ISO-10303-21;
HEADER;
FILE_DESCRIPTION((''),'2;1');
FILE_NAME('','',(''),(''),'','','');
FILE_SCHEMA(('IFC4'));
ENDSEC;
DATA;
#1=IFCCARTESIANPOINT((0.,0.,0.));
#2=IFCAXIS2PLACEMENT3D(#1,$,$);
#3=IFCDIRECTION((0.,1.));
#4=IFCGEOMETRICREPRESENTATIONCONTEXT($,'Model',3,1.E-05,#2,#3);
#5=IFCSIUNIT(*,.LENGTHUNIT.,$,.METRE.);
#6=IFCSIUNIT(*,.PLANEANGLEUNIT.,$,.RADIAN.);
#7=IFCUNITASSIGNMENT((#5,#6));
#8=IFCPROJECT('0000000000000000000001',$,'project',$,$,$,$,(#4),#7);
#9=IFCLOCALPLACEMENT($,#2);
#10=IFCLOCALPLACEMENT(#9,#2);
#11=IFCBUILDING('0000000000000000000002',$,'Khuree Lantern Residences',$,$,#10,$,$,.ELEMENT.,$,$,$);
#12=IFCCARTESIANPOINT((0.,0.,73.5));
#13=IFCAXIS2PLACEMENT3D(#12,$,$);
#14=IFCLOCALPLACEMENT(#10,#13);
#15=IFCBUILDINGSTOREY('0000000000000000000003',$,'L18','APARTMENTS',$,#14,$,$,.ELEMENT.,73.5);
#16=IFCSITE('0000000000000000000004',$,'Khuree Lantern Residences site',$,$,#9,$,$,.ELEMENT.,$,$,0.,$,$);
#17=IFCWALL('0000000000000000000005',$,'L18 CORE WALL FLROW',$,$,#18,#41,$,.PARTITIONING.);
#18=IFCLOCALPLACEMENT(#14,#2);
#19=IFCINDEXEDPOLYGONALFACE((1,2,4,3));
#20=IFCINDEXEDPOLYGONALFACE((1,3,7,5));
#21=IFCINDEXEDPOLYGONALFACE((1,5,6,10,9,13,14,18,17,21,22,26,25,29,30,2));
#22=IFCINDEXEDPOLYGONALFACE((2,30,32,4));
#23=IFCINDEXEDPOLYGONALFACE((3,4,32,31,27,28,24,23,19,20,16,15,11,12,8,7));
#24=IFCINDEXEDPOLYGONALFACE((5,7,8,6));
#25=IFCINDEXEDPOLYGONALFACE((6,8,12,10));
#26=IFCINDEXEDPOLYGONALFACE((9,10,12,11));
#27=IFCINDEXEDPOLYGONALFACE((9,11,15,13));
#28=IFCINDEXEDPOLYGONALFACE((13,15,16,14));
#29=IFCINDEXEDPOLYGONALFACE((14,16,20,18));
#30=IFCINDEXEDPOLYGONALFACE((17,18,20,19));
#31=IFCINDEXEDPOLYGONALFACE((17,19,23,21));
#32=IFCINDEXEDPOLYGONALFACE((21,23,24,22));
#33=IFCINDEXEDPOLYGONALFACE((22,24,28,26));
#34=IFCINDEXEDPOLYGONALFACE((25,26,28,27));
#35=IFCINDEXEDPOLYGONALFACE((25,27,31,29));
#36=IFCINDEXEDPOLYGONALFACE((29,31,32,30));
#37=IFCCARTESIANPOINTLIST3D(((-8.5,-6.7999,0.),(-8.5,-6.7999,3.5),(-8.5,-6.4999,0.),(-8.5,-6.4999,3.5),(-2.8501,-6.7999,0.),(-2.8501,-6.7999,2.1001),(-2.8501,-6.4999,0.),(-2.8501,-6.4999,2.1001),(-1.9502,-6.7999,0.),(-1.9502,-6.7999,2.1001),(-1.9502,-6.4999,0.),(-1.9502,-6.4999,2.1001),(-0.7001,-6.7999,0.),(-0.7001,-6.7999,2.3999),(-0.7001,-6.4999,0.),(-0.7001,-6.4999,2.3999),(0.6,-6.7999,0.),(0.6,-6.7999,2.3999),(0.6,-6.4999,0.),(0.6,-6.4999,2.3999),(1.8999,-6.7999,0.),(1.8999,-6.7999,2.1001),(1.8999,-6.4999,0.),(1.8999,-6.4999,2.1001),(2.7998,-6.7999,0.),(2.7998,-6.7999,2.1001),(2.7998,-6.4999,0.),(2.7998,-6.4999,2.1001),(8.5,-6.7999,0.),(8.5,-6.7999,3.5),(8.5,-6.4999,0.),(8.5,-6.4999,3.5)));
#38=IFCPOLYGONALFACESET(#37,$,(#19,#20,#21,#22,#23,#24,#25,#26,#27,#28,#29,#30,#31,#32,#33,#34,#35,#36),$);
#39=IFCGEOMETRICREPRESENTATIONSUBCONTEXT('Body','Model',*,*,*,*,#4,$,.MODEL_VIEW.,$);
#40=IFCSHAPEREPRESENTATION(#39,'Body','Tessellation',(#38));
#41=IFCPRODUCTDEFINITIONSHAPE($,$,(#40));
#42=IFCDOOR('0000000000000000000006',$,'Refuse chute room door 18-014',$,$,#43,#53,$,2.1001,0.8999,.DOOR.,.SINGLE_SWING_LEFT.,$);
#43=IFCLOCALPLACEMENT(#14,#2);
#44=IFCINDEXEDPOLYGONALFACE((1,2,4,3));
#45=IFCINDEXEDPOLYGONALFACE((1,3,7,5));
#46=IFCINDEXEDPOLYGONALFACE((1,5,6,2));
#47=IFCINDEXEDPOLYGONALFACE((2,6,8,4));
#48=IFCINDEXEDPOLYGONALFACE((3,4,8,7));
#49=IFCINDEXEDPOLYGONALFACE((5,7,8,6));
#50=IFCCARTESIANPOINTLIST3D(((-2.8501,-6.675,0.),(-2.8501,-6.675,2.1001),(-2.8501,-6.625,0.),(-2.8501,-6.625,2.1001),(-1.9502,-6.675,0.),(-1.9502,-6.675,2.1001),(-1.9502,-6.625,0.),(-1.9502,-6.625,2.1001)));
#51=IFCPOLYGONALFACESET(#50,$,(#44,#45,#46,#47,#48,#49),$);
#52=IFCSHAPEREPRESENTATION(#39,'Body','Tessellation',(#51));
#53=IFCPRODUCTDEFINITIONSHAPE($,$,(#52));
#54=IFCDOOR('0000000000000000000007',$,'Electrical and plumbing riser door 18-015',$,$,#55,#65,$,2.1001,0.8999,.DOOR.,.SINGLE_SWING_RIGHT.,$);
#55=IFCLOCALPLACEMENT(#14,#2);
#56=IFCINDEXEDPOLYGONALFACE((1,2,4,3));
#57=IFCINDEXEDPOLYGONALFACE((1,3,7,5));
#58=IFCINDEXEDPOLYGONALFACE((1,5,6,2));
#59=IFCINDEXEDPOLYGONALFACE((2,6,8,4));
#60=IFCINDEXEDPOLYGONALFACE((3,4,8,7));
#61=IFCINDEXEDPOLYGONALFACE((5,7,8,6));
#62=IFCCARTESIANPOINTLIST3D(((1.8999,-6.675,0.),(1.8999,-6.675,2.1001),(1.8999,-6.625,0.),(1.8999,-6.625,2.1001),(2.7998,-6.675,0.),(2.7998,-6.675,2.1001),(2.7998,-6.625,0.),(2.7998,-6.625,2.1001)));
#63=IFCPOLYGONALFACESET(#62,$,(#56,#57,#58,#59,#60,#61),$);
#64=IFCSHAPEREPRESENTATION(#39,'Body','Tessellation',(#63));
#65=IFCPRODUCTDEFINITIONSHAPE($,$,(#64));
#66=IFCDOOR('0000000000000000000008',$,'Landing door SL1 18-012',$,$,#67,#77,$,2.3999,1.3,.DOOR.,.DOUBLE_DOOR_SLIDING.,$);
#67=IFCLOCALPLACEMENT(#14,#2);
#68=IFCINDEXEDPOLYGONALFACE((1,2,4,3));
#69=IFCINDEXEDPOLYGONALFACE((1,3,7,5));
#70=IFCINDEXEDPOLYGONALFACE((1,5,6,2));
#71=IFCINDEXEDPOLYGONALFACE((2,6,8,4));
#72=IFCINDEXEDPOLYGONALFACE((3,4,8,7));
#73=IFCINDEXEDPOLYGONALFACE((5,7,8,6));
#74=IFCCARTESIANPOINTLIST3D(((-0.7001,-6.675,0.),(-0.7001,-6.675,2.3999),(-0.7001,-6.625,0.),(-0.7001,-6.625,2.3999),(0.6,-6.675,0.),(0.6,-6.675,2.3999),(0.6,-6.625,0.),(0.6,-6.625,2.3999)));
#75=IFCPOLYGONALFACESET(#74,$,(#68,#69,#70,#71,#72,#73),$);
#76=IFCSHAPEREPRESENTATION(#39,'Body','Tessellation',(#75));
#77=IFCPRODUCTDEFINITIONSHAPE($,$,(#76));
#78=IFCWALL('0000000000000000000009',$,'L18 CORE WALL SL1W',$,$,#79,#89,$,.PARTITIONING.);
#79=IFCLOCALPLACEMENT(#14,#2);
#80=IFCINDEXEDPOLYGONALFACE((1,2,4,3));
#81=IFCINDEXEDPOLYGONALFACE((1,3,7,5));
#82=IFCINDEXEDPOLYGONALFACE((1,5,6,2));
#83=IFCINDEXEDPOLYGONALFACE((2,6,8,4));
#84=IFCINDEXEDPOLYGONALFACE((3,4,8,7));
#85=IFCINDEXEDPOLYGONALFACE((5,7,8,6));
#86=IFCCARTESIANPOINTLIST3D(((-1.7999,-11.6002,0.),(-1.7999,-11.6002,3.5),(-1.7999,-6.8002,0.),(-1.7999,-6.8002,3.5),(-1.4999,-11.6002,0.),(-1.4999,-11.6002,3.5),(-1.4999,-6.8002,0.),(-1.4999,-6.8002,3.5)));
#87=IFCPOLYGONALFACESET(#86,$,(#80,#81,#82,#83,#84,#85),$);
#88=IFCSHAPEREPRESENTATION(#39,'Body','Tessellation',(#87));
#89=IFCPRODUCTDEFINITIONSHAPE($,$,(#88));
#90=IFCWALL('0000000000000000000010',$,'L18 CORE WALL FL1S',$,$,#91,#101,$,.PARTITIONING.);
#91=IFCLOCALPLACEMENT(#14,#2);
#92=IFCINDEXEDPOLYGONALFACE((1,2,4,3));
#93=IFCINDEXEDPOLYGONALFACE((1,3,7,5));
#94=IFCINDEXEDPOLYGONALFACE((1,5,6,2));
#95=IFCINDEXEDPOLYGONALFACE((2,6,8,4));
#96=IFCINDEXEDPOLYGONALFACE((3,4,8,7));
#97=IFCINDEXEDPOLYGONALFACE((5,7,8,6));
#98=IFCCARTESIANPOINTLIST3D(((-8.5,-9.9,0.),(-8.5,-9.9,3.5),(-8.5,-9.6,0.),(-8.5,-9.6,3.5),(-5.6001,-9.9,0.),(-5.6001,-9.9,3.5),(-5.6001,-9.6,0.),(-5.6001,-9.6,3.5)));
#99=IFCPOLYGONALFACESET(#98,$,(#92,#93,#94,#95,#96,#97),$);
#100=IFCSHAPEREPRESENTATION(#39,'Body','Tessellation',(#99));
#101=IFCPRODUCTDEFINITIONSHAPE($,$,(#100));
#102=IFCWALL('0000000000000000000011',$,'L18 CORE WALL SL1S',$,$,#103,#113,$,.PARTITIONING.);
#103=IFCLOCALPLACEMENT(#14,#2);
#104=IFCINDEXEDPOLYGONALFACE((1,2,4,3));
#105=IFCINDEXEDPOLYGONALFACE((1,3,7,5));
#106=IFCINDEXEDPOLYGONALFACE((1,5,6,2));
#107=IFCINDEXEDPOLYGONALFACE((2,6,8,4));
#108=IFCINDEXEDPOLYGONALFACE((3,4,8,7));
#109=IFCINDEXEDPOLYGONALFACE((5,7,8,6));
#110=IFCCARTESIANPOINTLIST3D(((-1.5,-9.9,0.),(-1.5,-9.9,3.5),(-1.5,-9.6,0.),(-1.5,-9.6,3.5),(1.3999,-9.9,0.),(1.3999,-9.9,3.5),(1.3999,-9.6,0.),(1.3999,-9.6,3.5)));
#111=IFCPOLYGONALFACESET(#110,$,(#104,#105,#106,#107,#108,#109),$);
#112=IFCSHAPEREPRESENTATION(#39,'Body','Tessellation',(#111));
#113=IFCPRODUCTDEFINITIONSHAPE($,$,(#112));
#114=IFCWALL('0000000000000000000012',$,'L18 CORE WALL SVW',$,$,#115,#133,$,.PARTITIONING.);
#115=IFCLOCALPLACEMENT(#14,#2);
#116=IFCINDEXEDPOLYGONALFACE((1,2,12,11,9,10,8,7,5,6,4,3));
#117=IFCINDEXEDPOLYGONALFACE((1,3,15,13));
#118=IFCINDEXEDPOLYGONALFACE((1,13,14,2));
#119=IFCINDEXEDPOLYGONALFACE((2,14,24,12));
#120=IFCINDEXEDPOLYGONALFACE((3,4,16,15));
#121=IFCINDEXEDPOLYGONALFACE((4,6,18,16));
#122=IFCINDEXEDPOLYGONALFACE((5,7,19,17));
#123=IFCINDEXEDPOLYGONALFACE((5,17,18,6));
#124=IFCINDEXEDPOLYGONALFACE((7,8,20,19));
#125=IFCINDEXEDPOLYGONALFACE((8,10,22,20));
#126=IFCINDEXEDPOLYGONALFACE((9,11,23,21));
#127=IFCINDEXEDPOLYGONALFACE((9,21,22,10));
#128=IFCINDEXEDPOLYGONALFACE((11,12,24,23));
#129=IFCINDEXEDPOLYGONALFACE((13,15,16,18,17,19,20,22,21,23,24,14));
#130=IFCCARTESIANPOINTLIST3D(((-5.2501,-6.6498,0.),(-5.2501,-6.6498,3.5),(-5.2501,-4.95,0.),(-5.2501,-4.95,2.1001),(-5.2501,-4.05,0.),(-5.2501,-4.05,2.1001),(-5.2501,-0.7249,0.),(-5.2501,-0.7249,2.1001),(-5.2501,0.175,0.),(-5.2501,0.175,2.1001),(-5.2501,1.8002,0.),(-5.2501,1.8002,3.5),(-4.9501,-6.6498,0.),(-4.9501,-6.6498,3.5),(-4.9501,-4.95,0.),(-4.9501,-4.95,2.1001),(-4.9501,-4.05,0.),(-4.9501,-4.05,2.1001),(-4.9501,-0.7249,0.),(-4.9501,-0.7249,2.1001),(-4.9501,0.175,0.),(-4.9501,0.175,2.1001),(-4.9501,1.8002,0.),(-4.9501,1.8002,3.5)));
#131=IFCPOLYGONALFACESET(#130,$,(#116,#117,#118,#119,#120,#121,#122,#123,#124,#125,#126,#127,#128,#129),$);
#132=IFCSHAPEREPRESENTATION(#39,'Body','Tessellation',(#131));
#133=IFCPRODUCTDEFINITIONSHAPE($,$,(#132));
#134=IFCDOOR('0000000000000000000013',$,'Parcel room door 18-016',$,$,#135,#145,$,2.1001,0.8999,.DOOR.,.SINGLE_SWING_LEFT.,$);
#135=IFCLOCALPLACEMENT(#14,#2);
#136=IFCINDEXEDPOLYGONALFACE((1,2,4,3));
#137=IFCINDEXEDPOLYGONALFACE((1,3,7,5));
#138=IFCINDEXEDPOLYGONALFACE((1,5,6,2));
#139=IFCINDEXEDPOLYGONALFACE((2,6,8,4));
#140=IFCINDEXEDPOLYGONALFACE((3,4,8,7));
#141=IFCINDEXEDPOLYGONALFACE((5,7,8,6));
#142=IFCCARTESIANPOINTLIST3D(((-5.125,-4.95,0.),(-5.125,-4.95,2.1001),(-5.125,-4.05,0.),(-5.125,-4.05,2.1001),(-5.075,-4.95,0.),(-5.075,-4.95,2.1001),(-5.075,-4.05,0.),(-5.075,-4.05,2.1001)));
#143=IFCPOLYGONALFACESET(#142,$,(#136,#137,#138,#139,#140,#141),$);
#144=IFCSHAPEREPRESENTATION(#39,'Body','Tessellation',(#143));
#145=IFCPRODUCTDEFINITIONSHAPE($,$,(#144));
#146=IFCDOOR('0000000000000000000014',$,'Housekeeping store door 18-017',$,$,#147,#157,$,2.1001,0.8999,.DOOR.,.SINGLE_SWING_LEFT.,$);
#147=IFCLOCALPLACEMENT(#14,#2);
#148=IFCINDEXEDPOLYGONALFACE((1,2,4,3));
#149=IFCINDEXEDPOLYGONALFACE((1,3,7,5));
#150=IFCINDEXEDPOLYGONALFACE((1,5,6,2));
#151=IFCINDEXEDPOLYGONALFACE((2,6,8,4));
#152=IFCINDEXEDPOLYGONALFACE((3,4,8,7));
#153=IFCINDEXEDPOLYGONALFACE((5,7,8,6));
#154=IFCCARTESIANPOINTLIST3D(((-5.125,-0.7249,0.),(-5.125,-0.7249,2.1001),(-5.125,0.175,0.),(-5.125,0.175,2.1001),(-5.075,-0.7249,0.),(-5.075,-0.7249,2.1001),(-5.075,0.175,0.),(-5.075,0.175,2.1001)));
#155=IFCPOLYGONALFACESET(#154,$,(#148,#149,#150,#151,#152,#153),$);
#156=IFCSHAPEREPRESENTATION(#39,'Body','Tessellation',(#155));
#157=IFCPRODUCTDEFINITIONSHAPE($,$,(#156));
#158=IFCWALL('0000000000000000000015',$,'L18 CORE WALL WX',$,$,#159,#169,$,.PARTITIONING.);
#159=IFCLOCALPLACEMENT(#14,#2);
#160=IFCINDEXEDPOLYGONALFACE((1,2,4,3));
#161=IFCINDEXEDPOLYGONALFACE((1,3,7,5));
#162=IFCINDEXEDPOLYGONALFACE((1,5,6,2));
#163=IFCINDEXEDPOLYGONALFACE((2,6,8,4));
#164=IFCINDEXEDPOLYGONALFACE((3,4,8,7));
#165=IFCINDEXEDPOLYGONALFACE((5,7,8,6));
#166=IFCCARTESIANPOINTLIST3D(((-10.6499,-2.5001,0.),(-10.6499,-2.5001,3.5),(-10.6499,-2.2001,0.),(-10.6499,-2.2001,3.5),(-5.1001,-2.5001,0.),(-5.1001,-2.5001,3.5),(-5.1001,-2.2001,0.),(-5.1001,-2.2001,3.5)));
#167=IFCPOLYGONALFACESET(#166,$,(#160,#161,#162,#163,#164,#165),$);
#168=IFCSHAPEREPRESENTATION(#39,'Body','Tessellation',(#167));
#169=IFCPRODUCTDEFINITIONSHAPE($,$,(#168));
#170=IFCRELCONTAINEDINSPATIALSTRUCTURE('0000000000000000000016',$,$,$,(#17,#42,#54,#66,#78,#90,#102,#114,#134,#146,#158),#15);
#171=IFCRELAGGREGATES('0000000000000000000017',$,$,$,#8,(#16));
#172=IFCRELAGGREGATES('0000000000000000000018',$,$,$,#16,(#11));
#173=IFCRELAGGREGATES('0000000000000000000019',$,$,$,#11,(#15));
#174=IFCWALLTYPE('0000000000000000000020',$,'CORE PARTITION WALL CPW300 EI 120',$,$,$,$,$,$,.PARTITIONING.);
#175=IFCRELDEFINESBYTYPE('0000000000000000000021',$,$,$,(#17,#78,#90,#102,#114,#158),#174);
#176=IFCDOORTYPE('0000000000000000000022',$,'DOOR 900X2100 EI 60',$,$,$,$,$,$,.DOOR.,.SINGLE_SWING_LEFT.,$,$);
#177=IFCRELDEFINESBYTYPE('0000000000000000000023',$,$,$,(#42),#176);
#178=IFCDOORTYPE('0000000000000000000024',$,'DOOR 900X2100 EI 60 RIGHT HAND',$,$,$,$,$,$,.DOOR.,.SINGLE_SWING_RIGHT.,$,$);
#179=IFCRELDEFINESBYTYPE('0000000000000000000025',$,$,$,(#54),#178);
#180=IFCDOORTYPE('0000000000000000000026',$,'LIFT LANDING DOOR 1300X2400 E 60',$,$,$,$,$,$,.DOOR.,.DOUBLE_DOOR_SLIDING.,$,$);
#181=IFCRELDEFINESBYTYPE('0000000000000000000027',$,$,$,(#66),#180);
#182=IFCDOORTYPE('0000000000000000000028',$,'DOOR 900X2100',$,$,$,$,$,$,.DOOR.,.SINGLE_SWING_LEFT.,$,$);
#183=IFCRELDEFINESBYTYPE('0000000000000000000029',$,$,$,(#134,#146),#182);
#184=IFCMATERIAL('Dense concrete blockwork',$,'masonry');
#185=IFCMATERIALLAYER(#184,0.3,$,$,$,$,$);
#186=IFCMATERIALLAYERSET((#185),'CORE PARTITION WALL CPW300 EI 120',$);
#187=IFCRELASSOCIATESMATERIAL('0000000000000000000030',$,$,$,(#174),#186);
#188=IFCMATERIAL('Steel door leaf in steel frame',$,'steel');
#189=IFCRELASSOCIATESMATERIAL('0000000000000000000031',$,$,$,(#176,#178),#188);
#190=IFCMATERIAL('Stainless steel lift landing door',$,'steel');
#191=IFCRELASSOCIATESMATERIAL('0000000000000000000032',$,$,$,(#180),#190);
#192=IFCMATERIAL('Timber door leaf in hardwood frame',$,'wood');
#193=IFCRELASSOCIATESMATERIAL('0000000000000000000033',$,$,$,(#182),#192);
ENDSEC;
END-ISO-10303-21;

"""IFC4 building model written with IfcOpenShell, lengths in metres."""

from ifc_helpers import new_model, si_unit, direction, frame, frame_2d, origin, place, context, subcontext, project, spatial, rectangle, extrude, material, layer, layer_set, type_object, element, fill, save


model = new_model("IFC4")

# Units and contexts
model_context = context("Model", 3, precision=1e-05, world=origin(), true_north=direction((0.0, 1.0)))
body_context = subcontext(model_context, "Body", "Model", "MODEL_VIEW")
ifc_project = project(units=[si_unit("LENGTHUNIT", "METRE"), si_unit("PLANEANGLEUNIT", "RADIAN")], contexts=[model_context])

# Site, building, storey
site_placement = place(None, origin())
site = spatial("IfcSite", under=ifc_project, at=site_placement, Name="Khuree Lantern Residences site", CompositionType="ELEMENT", RefElevation=0.0)
building_placement = place(site_placement, origin())
building = spatial("IfcBuilding", under=site, at=building_placement, Name="Khuree Lantern Residences", CompositionType="ELEMENT")
storey_placement = place(building_placement, frame((0.0, 0.0, 73.5)))
storey = spatial("IfcBuildingStorey", under=building, at=storey_placement, Name="L18", Description="APARTMENTS", CompositionType="ELEMENT", Elevation=73.5)

# Wall, openings, doors
ifc_material_1 = material(Name="Dense concrete blockwork", Category="masonry")
ifc_layer_1 = layer(ifc_material_1, 0.3)
ifc_layer_set_1 = layer_set([ifc_layer_1], Name="CORE PARTITION WALL CPW300 EI 120")
wall_type_1 = type_object("IfcWallType", Name="CORE PARTITION WALL CPW300 EI 120", PredefinedType="PARTITIONING", material=ifc_layer_set_1)
wall_1_placement = place(storey_placement, frame((-8.5, -6.6499, 0.0), z_axis=(0.0, 0.0, 1.0), x_axis=(1.0, 0.0, 0.0)))
wall_1 = element("IfcWall", 1, at=wall_1_placement, inside=storey, type_object=wall_type_1, Name="L18 CORE WALL FLROW", PredefinedType="PARTITIONING", context=body_context, shape_type="SweptSolid", body=[
    extrude(rectangle(XDim=17.0, YDim=0.3, at=frame_2d((8.5, 0.0))), origin(), (0.0, 0.0, 1.0), 3.5),
])
opening_1_placement = place(wall_1_placement, frame((7.8, 0.0, 0.0)))
opening_1 = element("IfcOpeningElement", 2, at=opening_1_placement, cuts=wall_1, PredefinedType="OPENING", context=body_context, shape_type="SweptSolid", body=[
    extrude(rectangle(XDim=1.3, YDim=2.3999, at=frame_2d((0.6499, 1.2))), frame((0.0, 0.1602, 0.0), z_axis=(0.0, -1.0, 0.0), x_axis=(1.0, 0.0, 0.0)), (0.0, 0.0, 1.0), 0.3201),
])
opening_2_placement = place(wall_1_placement, frame((5.6499, 0.0, 0.0)))
opening_2 = element("IfcOpeningElement", 3, at=opening_2_placement, cuts=wall_1, PredefinedType="OPENING", context=body_context, shape_type="SweptSolid", body=[
    extrude(rectangle(XDim=0.8999, YDim=2.1001, at=frame_2d((0.45, 1.05))), frame((0.0, 0.1602, 0.0), z_axis=(0.0, -1.0, 0.0), x_axis=(1.0, 0.0, 0.0)), (0.0, 0.0, 1.0), 0.3201),
])
opening_3_placement = place(wall_1_placement, frame((10.3999, 0.0, 0.0)))
opening_3 = element("IfcOpeningElement", 4, at=opening_3_placement, cuts=wall_1, PredefinedType="OPENING", context=body_context, shape_type="SweptSolid", body=[
    extrude(rectangle(XDim=0.8999, YDim=2.1001, at=frame_2d((0.45, 1.05))), frame((0.0, 0.1602, 0.0), z_axis=(0.0, -1.0, 0.0), x_axis=(1.0, 0.0, 0.0)), (0.0, 0.0, 1.0), 0.3201),
])
ifc_material_2 = material(Name="Steel door leaf in steel frame", Category="steel")
door_type_1 = type_object("IfcDoorType", Name="DOOR 900X2100 EI 60", OperationType="SINGLE_SWING_LEFT", PredefinedType="DOOR", material=ifc_material_2)
door_1_placement = place(opening_2_placement, origin())
door_1 = element("IfcDoor", 5, at=door_1_placement, inside=storey, type_object=door_type_1, Name="Refuse chute room door 18-014", OperationType="SINGLE_SWING_LEFT", OverallHeight=2.1001, OverallWidth=0.8999, PredefinedType="DOOR", context=body_context, shape_type="SweptSolid", body=[
    extrude(rectangle(XDim=0.8999, YDim=2.1001, at=frame_2d((0.45, 1.05))), frame((0.0, 0.0249, 0.0), z_axis=(0.0, -1.0, 0.0), x_axis=(1.0, 0.0, 0.0)), (0.0, 0.0, 1.0), 0.05),
])
fill(opening_2, door_1)
door_type_2 = type_object("IfcDoorType", Name="DOOR 900X2100 EI 60 RIGHT HAND", OperationType="SINGLE_SWING_RIGHT", PredefinedType="DOOR", material=ifc_material_2)
door_2_placement = place(opening_3_placement, origin())
door_2 = element("IfcDoor", 6, at=door_2_placement, inside=storey, type_object=door_type_2, Name="Electrical and plumbing riser door 18-015", OperationType="SINGLE_SWING_RIGHT", OverallHeight=2.1001, OverallWidth=0.8999, PredefinedType="DOOR", context=body_context, shape_type="SweptSolid", body=[
    extrude(rectangle(XDim=0.8999, YDim=2.1001, at=frame_2d((0.45, 1.05))), frame((0.0, 0.0249, 0.0), z_axis=(0.0, -1.0, 0.0), x_axis=(1.0, 0.0, 0.0)), (0.0, 0.0, 1.0), 0.05),
])
fill(opening_3, door_2)
ifc_material_3 = material(Name="Stainless steel lift landing door", Category="steel")
door_type_3 = type_object("IfcDoorType", Name="LIFT LANDING DOOR 1300X2400 E 60", OperationType="DOUBLE_DOOR_SLIDING", PredefinedType="DOOR", material=ifc_material_3)
door_3_placement = place(opening_1_placement, origin())
door_3 = element("IfcDoor", 7, at=door_3_placement, inside=storey, type_object=door_type_3, Name="Landing door SL1 18-012", OperationType="DOUBLE_DOOR_SLIDING", OverallHeight=2.3999, OverallWidth=1.3, PredefinedType="DOOR", context=body_context, shape_type="SweptSolid", body=[
    extrude(rectangle(XDim=1.3, YDim=2.3999, at=frame_2d((0.6499, 1.2))), frame((0.0, 0.0249, 0.0), z_axis=(0.0, -1.0, 0.0), x_axis=(1.0, 0.0, 0.0)), (0.0, 0.0, 1.0), 0.05),
])
fill(opening_1, door_3)

# Walls
wall_2_placement = place(storey_placement, frame((-1.6499, -11.6001, 0.0), z_axis=(0.0, 0.0, 1.0), x_axis=(0.0, 1.0, 0.0)))
element("IfcWall", 8, at=wall_2_placement, inside=storey, type_object=wall_type_1, Name="L18 CORE WALL SL1W", PredefinedType="PARTITIONING", context=body_context, shape_type="SweptSolid", body=[
    extrude(rectangle(XDim=4.8, YDim=0.3, at=frame_2d((2.3999, 0.0))), origin(), (0.0, 0.0, 1.0), 3.5),
])
for number, where, z_axis, x_axis, name in (
    (9, (-8.5, -9.75, 0.0), (0.0, 0.0, 1.0), (1.0, 0.0, 0.0), "L18 CORE WALL FL1S"),
    (10, (-1.5, -9.75, 0.0), (0.0, 0.0, 1.0), (1.0, 0.0, 0.0), "L18 CORE WALL SL1S"),
):
    element("IfcWall", number, at=place(storey_placement, frame(where, z_axis=z_axis, x_axis=x_axis)), inside=storey, type_object=wall_type_1, Name=name, PredefinedType="PARTITIONING", context=body_context, shape_type="SweptSolid", body=[
        extrude(rectangle(XDim=2.8999, YDim=0.3, at=frame_2d((1.45, 0.0))), origin(), (0.0, 0.0, 1.0), 3.5),
    ])

# Wall, openings, doors
wall_3_placement = place(storey_placement, frame((-5.1001, -6.6499, 0.0), z_axis=(0.0, 0.0, 1.0), x_axis=(0.0, 1.0, 0.0)))
wall_3 = element("IfcWall", 11, at=wall_3_placement, inside=storey, type_object=wall_type_1, Name="L18 CORE WALL SVW", PredefinedType="PARTITIONING", context=body_context, shape_type="SweptSolid", body=[
    extrude(rectangle(XDim=8.45, YDim=0.3, at=frame_2d((4.2251, 0.0))), origin(), (0.0, 0.0, 1.0), 3.5),
])
opening_4_placement = place(wall_3_placement, frame((1.7, 0.0, 0.0)))
opening_4 = element("IfcOpeningElement", 12, at=opening_4_placement, cuts=wall_3, PredefinedType="OPENING", context=body_context, shape_type="SweptSolid", body=[
    extrude(rectangle(XDim=0.8999, YDim=2.1001, at=frame_2d((0.45, 1.05))), frame((0.0, 0.1602, 0.0), z_axis=(0.0, -1.0, 0.0), x_axis=(1.0, 0.0, 0.0)), (0.0, 0.0, 1.0), 0.3201),
])
opening_5_placement = place(wall_3_placement, frame((5.925, 0.0, 0.0)))
opening_5 = element("IfcOpeningElement", 13, at=opening_5_placement, cuts=wall_3, PredefinedType="OPENING", context=body_context, shape_type="SweptSolid", body=[
    extrude(rectangle(XDim=0.8999, YDim=2.1001, at=frame_2d((0.45, 1.05))), frame((0.0, 0.1602, 0.0), z_axis=(0.0, -1.0, 0.0), x_axis=(1.0, 0.0, 0.0)), (0.0, 0.0, 1.0), 0.3201),
])
ifc_material_4 = material(Name="Timber door leaf in hardwood frame", Category="wood")
door_type_4 = type_object("IfcDoorType", Name="DOOR 900X2100", OperationType="SINGLE_SWING_LEFT", PredefinedType="DOOR", material=ifc_material_4)
door_4_placement = place(opening_4_placement, origin())
door_4 = element("IfcDoor", 14, at=door_4_placement, inside=storey, type_object=door_type_4, Name="Parcel room door 18-016", OperationType="SINGLE_SWING_LEFT", OverallHeight=2.1001, OverallWidth=0.8999, PredefinedType="DOOR", context=body_context, shape_type="SweptSolid", body=[
    extrude(rectangle(XDim=0.8999, YDim=2.1001, at=frame_2d((0.45, 1.05))), frame((0.0, 0.0249, 0.0), z_axis=(0.0, -1.0, 0.0), x_axis=(1.0, 0.0, 0.0)), (0.0, 0.0, 1.0), 0.05),
])
fill(opening_4, door_4)
door_5_placement = place(opening_5_placement, origin())
door_5 = element("IfcDoor", 15, at=door_5_placement, inside=storey, type_object=door_type_4, Name="Housekeeping store door 18-017", OperationType="SINGLE_SWING_LEFT", OverallHeight=2.1001, OverallWidth=0.8999, PredefinedType="DOOR", context=body_context, shape_type="SweptSolid", body=[
    extrude(rectangle(XDim=0.8999, YDim=2.1001, at=frame_2d((0.45, 1.05))), frame((0.0, 0.0249, 0.0), z_axis=(0.0, -1.0, 0.0), x_axis=(1.0, 0.0, 0.0)), (0.0, 0.0, 1.0), 0.05),
])
fill(opening_5, door_5)

# Wall
wall_4_placement = place(storey_placement, frame((-10.6499, -2.3501, 0.0), z_axis=(0.0, 0.0, 1.0), x_axis=(1.0, 0.0, 0.0)))
element("IfcWall", 16, at=wall_4_placement, inside=storey, type_object=wall_type_1, Name="L18 CORE WALL WX", PredefinedType="PARTITIONING", context=body_context, shape_type="SweptSolid", body=[
    extrude(rectangle(XDim=5.5498, YDim=0.3, at=frame_2d((2.7749, 0.0))), origin(), (0.0, 0.0, 1.0), 3.5),
])

save(model, "model.ifc")
